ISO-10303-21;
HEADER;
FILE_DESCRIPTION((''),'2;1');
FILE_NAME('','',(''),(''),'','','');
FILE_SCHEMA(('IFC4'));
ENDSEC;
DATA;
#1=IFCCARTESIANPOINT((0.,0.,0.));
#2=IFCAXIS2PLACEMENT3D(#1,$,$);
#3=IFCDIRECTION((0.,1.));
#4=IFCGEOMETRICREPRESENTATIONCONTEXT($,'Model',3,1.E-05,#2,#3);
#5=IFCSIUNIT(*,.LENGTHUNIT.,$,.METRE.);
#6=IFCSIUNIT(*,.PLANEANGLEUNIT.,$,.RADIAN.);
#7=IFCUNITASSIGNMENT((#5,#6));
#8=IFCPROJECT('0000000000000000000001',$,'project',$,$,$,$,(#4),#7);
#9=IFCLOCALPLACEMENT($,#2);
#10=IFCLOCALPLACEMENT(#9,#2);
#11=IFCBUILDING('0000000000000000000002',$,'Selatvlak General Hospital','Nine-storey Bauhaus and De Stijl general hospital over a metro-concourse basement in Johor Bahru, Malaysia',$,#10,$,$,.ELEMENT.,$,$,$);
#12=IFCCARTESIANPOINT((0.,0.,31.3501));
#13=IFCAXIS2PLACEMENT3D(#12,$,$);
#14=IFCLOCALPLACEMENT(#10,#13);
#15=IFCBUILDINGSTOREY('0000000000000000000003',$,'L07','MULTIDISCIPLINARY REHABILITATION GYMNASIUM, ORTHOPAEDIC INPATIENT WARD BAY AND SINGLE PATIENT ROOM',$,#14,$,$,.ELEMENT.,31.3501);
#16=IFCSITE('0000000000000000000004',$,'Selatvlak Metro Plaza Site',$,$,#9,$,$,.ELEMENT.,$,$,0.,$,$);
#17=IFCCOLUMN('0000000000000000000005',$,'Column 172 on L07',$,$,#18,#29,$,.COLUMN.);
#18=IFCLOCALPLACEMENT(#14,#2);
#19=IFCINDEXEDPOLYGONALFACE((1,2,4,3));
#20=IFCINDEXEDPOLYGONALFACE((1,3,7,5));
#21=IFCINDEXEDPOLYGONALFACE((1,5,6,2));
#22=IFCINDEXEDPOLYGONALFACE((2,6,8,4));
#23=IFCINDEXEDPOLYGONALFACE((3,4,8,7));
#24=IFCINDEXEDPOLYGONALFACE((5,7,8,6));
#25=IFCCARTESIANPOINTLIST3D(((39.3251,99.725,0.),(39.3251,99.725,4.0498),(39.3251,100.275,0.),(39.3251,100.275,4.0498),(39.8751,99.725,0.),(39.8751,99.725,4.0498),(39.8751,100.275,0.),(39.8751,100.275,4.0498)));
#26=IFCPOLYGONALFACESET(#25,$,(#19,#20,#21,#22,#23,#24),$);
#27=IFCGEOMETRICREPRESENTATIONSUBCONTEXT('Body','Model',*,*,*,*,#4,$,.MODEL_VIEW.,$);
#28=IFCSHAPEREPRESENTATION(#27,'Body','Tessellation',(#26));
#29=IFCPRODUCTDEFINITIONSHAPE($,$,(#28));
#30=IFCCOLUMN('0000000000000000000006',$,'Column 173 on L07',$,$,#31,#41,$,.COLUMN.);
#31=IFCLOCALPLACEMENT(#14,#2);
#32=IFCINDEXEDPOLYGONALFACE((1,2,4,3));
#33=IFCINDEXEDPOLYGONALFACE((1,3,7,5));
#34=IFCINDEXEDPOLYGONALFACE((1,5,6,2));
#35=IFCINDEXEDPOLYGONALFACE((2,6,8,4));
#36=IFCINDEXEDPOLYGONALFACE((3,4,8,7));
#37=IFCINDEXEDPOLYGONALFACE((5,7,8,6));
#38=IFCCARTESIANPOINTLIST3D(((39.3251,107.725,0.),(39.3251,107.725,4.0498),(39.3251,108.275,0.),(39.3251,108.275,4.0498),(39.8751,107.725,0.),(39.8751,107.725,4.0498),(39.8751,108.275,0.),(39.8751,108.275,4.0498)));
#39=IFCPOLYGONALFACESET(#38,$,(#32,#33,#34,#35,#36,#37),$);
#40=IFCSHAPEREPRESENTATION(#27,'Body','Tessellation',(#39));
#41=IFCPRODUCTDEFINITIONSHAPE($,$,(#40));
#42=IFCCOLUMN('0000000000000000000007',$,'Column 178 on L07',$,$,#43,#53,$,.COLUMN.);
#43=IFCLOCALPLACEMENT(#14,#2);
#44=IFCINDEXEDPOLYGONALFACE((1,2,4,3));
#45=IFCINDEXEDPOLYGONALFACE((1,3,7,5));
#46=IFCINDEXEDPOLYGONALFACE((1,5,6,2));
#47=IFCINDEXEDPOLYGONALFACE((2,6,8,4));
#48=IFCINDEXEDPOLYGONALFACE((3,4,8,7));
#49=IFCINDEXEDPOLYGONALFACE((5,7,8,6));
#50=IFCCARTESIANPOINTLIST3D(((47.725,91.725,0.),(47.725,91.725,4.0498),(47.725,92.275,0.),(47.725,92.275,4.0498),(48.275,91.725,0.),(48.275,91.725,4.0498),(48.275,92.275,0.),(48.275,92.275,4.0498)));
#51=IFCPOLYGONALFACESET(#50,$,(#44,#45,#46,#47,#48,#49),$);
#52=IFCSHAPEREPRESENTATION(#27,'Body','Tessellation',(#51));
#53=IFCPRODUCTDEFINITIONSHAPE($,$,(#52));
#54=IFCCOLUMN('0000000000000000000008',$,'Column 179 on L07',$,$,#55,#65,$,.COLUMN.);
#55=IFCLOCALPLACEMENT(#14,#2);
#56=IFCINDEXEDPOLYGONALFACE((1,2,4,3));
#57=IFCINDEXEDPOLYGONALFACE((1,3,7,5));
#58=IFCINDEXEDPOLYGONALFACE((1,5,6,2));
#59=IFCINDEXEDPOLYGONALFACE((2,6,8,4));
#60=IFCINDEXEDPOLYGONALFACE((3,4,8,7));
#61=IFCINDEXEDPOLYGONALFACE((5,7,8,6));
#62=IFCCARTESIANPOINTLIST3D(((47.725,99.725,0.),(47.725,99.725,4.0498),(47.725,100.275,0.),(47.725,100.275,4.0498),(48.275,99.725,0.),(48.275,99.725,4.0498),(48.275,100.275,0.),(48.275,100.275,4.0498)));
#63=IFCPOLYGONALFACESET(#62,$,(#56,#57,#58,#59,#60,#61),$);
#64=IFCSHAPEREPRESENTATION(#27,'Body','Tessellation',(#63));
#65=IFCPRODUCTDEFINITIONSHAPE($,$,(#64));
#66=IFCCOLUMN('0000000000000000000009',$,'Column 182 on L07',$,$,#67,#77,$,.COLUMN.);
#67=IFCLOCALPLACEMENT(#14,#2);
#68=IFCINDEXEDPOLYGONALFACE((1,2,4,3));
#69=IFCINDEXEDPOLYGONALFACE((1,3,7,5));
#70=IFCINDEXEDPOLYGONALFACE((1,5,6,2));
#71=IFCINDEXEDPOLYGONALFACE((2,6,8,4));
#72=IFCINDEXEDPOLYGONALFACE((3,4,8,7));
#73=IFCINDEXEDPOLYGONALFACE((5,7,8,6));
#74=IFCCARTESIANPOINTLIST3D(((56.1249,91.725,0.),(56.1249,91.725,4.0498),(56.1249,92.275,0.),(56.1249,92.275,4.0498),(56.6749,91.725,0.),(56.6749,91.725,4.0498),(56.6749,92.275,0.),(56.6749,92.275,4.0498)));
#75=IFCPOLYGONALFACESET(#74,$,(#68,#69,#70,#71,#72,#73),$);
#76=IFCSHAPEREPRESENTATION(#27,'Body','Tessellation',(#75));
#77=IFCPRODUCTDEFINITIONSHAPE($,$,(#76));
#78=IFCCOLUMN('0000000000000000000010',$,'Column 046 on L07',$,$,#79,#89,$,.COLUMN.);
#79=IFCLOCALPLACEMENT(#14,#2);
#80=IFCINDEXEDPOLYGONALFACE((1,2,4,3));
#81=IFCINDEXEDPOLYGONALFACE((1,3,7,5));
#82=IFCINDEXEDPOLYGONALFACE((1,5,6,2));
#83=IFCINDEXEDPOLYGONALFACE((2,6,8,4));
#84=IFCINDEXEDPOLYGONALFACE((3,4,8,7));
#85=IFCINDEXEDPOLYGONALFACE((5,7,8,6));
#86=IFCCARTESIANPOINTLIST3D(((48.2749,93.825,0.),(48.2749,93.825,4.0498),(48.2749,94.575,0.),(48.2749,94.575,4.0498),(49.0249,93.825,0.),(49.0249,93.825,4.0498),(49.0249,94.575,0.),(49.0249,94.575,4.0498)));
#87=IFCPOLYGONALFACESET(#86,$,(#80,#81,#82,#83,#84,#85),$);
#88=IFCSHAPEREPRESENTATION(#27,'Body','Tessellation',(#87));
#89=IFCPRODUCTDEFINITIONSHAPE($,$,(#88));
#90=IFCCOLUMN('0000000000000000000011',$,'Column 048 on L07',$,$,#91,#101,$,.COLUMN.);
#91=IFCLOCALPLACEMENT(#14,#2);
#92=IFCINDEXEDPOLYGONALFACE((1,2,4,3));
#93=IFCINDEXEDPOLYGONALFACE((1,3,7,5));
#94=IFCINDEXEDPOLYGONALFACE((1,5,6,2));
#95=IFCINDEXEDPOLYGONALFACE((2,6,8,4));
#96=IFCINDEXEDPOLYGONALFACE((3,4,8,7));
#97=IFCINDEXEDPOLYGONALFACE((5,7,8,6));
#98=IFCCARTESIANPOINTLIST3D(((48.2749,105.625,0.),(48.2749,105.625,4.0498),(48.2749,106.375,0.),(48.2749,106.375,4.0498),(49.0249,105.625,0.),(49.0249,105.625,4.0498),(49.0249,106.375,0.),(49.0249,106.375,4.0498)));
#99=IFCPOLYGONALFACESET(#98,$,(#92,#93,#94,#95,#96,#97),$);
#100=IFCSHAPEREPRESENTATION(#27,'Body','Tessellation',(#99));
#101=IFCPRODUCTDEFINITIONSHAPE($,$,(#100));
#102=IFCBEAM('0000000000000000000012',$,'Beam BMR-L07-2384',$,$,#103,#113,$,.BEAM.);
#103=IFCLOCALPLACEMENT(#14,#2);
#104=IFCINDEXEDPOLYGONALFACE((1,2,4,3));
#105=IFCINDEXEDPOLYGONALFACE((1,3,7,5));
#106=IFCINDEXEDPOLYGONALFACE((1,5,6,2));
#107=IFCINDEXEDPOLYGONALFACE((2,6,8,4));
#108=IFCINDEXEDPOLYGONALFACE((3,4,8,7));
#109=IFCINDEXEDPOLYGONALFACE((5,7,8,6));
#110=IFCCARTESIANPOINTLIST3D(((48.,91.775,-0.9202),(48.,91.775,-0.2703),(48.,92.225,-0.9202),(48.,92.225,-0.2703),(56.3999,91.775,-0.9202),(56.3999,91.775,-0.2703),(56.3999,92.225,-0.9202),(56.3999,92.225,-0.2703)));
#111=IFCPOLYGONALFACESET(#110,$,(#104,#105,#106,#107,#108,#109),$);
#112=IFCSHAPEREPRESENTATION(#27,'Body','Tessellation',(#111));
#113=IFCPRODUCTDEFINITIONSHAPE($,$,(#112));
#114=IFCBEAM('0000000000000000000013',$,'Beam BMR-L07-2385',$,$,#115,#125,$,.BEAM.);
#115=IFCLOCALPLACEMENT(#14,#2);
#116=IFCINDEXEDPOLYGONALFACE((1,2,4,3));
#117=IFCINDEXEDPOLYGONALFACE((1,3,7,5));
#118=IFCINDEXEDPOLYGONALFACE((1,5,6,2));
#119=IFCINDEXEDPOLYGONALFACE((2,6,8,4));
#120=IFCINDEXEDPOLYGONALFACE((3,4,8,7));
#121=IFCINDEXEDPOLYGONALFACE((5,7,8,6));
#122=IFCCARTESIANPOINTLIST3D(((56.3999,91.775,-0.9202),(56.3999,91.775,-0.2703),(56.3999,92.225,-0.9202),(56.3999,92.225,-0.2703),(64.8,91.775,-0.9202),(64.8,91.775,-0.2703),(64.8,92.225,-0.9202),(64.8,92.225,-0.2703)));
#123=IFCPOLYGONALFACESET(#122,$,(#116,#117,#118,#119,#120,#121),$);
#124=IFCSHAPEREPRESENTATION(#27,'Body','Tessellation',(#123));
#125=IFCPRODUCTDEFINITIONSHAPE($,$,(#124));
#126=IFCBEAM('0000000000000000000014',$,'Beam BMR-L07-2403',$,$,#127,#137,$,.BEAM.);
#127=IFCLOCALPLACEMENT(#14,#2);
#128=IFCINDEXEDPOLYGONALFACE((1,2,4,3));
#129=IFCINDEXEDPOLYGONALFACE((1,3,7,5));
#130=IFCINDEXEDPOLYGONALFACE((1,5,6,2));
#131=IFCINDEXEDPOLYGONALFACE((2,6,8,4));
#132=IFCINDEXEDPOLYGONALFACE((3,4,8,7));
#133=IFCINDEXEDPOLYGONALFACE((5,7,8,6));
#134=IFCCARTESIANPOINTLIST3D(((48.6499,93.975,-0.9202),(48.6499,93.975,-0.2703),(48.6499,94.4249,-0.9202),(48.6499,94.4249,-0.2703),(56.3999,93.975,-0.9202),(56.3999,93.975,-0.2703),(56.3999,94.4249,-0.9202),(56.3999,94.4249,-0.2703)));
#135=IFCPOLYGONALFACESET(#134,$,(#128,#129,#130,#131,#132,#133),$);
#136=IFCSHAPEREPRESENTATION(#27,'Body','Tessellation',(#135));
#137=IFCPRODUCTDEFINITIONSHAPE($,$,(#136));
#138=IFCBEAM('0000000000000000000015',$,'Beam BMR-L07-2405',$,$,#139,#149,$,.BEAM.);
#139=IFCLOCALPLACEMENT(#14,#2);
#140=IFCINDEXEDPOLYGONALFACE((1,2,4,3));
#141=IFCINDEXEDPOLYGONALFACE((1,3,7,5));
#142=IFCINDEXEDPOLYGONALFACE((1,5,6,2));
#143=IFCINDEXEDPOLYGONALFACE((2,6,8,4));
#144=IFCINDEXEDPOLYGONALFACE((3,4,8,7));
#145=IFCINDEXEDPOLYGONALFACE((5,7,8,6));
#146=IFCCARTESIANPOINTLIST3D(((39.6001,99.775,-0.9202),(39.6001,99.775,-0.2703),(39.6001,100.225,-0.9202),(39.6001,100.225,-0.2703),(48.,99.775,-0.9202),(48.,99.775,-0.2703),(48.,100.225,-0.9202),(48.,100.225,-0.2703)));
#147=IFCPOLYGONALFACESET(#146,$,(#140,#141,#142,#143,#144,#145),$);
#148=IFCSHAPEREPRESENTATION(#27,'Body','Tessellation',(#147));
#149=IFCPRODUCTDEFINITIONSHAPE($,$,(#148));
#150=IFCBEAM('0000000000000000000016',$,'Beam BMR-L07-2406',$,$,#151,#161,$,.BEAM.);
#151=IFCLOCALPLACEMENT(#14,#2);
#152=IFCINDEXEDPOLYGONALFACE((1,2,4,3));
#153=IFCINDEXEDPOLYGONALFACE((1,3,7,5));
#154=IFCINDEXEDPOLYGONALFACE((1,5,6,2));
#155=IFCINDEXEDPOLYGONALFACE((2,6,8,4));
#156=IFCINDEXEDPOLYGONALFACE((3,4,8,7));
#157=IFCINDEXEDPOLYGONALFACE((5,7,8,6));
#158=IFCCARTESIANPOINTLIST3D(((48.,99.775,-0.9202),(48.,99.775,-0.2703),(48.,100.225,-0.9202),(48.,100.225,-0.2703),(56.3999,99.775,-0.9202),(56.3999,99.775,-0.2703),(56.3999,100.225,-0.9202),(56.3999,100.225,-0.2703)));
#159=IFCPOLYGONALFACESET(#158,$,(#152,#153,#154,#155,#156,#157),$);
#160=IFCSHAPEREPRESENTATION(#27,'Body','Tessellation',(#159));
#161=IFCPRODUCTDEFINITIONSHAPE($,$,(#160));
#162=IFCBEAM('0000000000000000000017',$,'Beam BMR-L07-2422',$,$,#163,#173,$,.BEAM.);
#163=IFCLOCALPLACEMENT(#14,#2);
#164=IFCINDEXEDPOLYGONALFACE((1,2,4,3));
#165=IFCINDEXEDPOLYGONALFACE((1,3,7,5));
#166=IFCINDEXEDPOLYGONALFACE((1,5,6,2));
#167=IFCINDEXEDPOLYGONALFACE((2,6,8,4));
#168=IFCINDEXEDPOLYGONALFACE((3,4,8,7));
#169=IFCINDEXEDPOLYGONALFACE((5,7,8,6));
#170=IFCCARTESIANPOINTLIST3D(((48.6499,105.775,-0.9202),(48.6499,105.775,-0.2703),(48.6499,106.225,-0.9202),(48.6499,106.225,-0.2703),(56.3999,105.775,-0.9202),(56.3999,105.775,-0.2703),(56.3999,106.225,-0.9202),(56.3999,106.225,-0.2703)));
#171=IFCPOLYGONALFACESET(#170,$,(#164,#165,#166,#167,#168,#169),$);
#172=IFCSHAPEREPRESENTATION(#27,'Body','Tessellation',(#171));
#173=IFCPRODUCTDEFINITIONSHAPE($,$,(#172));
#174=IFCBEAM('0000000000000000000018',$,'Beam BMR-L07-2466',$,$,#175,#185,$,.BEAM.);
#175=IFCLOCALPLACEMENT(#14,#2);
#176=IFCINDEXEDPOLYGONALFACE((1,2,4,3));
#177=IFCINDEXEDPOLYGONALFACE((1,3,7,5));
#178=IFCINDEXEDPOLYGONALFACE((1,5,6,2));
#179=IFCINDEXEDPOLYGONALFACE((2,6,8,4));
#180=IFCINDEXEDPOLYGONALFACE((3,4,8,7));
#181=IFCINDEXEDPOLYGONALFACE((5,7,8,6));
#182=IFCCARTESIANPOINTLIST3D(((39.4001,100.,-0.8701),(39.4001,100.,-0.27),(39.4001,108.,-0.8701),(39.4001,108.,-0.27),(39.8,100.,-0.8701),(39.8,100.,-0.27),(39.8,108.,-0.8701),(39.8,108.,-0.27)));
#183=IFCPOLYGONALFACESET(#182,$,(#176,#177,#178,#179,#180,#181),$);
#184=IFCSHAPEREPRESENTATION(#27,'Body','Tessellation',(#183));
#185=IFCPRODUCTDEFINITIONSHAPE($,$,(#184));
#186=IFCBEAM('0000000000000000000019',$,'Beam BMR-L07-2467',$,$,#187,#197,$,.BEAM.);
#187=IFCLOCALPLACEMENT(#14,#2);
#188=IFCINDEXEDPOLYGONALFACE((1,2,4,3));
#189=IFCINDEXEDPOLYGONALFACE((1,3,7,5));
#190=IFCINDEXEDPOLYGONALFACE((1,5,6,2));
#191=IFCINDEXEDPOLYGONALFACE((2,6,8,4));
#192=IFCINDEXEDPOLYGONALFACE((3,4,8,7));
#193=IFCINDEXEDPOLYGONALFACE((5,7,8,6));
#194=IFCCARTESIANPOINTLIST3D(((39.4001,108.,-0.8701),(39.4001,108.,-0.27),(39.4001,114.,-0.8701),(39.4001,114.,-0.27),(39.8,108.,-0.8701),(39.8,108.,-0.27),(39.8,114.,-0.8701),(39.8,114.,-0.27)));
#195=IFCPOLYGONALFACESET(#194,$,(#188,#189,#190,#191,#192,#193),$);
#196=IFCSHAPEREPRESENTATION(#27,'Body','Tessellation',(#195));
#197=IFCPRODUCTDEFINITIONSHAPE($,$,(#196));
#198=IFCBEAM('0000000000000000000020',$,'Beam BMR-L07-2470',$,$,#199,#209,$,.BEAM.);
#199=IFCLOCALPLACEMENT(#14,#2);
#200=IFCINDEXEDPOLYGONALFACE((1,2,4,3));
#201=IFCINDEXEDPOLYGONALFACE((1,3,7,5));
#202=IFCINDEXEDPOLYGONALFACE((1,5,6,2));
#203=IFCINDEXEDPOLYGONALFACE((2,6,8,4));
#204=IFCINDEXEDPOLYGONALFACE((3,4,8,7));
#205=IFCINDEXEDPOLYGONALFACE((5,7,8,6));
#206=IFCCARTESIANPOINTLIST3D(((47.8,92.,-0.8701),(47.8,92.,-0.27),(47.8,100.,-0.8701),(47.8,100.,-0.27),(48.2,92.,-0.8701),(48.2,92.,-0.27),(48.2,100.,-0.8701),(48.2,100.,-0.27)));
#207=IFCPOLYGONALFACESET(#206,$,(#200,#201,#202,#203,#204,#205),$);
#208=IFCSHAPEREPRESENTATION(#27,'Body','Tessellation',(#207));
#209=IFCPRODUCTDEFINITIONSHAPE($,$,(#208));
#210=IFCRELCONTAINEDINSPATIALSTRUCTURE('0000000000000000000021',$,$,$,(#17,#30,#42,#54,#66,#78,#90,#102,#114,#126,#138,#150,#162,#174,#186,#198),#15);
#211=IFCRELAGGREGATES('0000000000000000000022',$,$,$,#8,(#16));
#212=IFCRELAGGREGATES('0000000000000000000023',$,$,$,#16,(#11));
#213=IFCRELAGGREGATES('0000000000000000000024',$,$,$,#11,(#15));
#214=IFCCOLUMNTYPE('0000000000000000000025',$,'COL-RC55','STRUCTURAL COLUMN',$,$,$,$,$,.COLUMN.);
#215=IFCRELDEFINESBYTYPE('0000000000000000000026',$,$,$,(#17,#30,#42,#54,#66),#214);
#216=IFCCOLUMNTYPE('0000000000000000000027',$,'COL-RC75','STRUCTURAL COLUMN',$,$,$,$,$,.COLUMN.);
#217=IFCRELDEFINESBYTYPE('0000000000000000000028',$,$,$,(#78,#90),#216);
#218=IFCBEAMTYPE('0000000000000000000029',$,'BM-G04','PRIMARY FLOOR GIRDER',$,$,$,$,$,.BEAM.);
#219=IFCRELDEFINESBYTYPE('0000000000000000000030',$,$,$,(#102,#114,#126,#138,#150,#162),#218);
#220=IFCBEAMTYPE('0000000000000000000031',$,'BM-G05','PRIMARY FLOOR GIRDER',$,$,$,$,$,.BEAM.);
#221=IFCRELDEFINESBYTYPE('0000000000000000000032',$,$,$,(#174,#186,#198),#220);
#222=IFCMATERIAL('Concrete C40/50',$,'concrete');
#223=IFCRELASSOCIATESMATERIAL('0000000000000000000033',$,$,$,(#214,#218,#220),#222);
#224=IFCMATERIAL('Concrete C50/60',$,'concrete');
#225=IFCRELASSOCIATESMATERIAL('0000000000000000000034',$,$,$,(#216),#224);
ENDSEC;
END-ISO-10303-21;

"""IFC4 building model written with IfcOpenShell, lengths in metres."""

from ifc_helpers import new_model, si_unit, direction, frame, origin, origin_2d, place, context, subcontext, project, spatial, rectangle, extrude, material, material_profile, profile_set, type_object, element, save


model = new_model("IFC4")

# Units and contexts
model_context = context("Model", 3, precision=1e-05, world=origin(), true_north=direction((0.0, 1.0)))
body_context = subcontext(model_context, "Body", "Model", "MODEL_VIEW")
ifc_project = project(units=[si_unit("LENGTHUNIT", "METRE"), si_unit("PLANEANGLEUNIT", "RADIAN")], contexts=[model_context])

# Site, building, storey
site_placement = place(None, origin())
site = spatial("IfcSite", under=ifc_project, at=site_placement, Name="Selatvlak Metro Plaza Site", CompositionType="ELEMENT", RefElevation=0.0)
building_placement = place(site_placement, origin())
building = spatial("IfcBuilding", under=site, at=building_placement, Name="Selatvlak General Hospital", Description="Nine-storey Bauhaus and De Stijl general hospital over a metro-concourse basement in Johor Bahru, Malaysia", CompositionType="ELEMENT")
storey_placement = place(building_placement, frame((0.0, 0.0, 31.3501)))
storey = spatial("IfcBuildingStorey", under=building, at=storey_placement, Name="L07", Description="MULTIDISCIPLINARY REHABILITATION GYMNASIUM, ORTHOPAEDIC INPATIENT WARD BAY AND SINGLE PATIENT ROOM", CompositionType="ELEMENT", Elevation=31.3501)

# Columns
ifc_material_1 = material(Name="Concrete C40/50", Category="concrete")
ifc_material_profile_1 = material_profile(ifc_material_1, rectangle(XDim=0.55, YDim=0.55, at=origin_2d()), Name="RC-COL 550x550")
ifc_profile_set_1 = profile_set([ifc_material_profile_1], Name="Concrete C40/50")
column_type_1 = type_object("IfcColumnType", Name="COL-RC55", Description="STRUCTURAL COLUMN", PredefinedType="COLUMN", material=ifc_profile_set_1)
for number, where, z_axis, x_axis, name in (
    (1, (39.6001, 100.0, 0.0), (0.0, 0.0, 1.0), (1.0, 0.0, 0.0), "Column 172 on L07"),
    (2, (39.6001, 108.0, 0.0), (0.0, 0.0, 1.0), (1.0, 0.0, 0.0), "Column 173 on L07"),
    (3, (48.0, 92.0, 0.0), (0.0, 0.0, 1.0), (1.0, 0.0, 0.0), "Column 178 on L07"),
    (4, (48.0, 100.0, 0.0), (0.0, 0.0, 1.0), (1.0, 0.0, 0.0), "Column 179 on L07"),
    (5, (56.3999, 92.0, 0.0), (0.0, 0.0, 1.0), (1.0, 0.0, 0.0), "Column 182 on L07"),
):
    element("IfcColumn", number, at=place(storey_placement, frame(where, z_axis=z_axis, x_axis=x_axis)), inside=storey, type_object=column_type_1, Name=name, PredefinedType="COLUMN", context=body_context, shape_type="SweptSolid", body=[
        extrude(rectangle(XDim=0.55, YDim=0.55, at=origin_2d()), origin(), (0.0, 0.0, 1.0), 4.0498),
    ])
ifc_material_2 = material(Name="Concrete C50/60", Category="concrete")
ifc_material_profile_2 = material_profile(ifc_material_2, rectangle(XDim=0.75, YDim=0.75, at=origin_2d()), Name="RC-COL 750x750")
ifc_profile_set_2 = profile_set([ifc_material_profile_2], Name="Concrete C50/60")
column_type_2 = type_object("IfcColumnType", Name="COL-RC75", Description="STRUCTURAL COLUMN", PredefinedType="COLUMN", material=ifc_profile_set_2)
for number, where, z_axis, x_axis, name in (
    (6, (48.6499, 94.2, 0.0), (0.0, 0.0, 1.0), (1.0, 0.0, 0.0), "Column 046 on L07"),
    (7, (48.6499, 106.0, 0.0), (0.0, 0.0, 1.0), (1.0, 0.0, 0.0), "Column 048 on L07"),
):
    element("IfcColumn", number, at=place(storey_placement, frame(where, z_axis=z_axis, x_axis=x_axis)), inside=storey, type_object=column_type_2, Name=name, PredefinedType="COLUMN", context=body_context, shape_type="SweptSolid", body=[
        extrude(rectangle(XDim=0.75, YDim=0.75, at=origin_2d()), origin(), (0.0, 0.0, 1.0), 4.0498),
    ])

# Beams
ifc_material_profile_3 = material_profile(ifc_material_1, rectangle(XDim=0.45, YDim=0.6499, at=origin_2d()), Name="RC-BM 450x650")
ifc_profile_set_3 = profile_set([ifc_material_profile_3], Name="Concrete C40/50")
beam_type_1 = type_object("IfcBeamType", Name="BM-G04", Description="PRIMARY FLOOR GIRDER", PredefinedType="BEAM", material=ifc_profile_set_3)
beam_1_placement = place(storey_placement, frame((48.0, 92.0, -0.5952), z_axis=(1.0, 0.0, 0.0), x_axis=(0.0, 1.0, 0.0)))
element("IfcBeam", 8, at=beam_1_placement, inside=storey, type_object=beam_type_1, Name="Beam BMR-L07-2384", PredefinedType="BEAM", context=body_context, shape_type="SweptSolid", body=[
    extrude(rectangle(XDim=0.45, YDim=0.6499, at=origin_2d()), origin(), (0.0, 0.0, 1.0), 8.3999),
])
beam_2_placement = place(storey_placement, frame((56.3999, 92.0, -0.5952), z_axis=(1.0, 0.0, 0.0), x_axis=(0.0, 1.0, 0.0)))
element("IfcBeam", 9, at=beam_2_placement, inside=storey, type_object=beam_type_1, Name="Beam BMR-L07-2385", PredefinedType="BEAM", context=body_context, shape_type="SweptSolid", body=[
    extrude(rectangle(XDim=0.45, YDim=0.6499, at=origin_2d()), origin(), (0.0, 0.0, 1.0), 8.4001),
])
beam_3_placement = place(storey_placement, frame((48.6499, 94.2, -0.5952), z_axis=(1.0, 0.0, 0.0), x_axis=(0.0, 1.0, 0.0)))
element("IfcBeam", 10, at=beam_3_placement, inside=storey, type_object=beam_type_1, Name="Beam BMR-L07-2403", PredefinedType="BEAM", context=body_context, shape_type="SweptSolid", body=[
    extrude(rectangle(XDim=0.45, YDim=0.6499, at=origin_2d()), origin(), (0.0, 0.0, 1.0), 7.75),
])
for number, where, z_axis, x_axis, name in (
    (11, (39.6001, 100.0, -0.5952), (1.0, 0.0, 0.0), (0.0, 1.0, 0.0), "Beam BMR-L07-2405"),
    (12, (48.0, 100.0, -0.5952), (1.0, 0.0, 0.0), (0.0, 1.0, 0.0), "Beam BMR-L07-2406"),
):
    element("IfcBeam", number, at=place(storey_placement, frame(where, z_axis=z_axis, x_axis=x_axis)), inside=storey, type_object=beam_type_1, Name=name, PredefinedType="BEAM", context=body_context, shape_type="SweptSolid", body=[
        extrude(rectangle(XDim=0.45, YDim=0.6499, at=origin_2d()), origin(), (0.0, 0.0, 1.0), 8.3999),
    ])
beam_4_placement = place(storey_placement, frame((48.6499, 106.0, -0.5952), z_axis=(1.0, 0.0, 0.0), x_axis=(0.0, 1.0, 0.0)))
element("IfcBeam", 13, at=beam_4_placement, inside=storey, type_object=beam_type_1, Name="Beam BMR-L07-2422", PredefinedType="BEAM", context=body_context, shape_type="SweptSolid", body=[
    extrude(rectangle(XDim=0.45, YDim=0.6499, at=origin_2d()), origin(), (0.0, 0.0, 1.0), 7.75),
])
ifc_material_profile_4 = material_profile(ifc_material_1, rectangle(XDim=0.3999, YDim=0.6001, at=origin_2d()), Name="RC-BM 400x600")
ifc_profile_set_4 = profile_set([ifc_material_profile_4], Name="Concrete C40/50")
beam_type_2 = type_object("IfcBeamType", Name="BM-G05", Description="PRIMARY FLOOR GIRDER", PredefinedType="BEAM", material=ifc_profile_set_4)
beam_5_placement = place(storey_placement, frame((39.6001, 100.0, -0.5701), z_axis=(0.0, 1.0, 0.0), x_axis=(-1.0, 0.0, 0.0)))
element("IfcBeam", 14, at=beam_5_placement, inside=storey, type_object=beam_type_2, Name="Beam BMR-L07-2466", PredefinedType="BEAM", context=body_context, shape_type="SweptSolid", body=[
    extrude(rectangle(XDim=0.3999, YDim=0.6001, at=origin_2d()), origin(), (0.0, 0.0, 1.0), 8.0),
])
beam_6_placement = place(storey_placement, frame((39.6001, 108.0, -0.5701), z_axis=(0.0, 1.0, 0.0), x_axis=(-1.0, 0.0, 0.0)))
element("IfcBeam", 15, at=beam_6_placement, inside=storey, type_object=beam_type_2, Name="Beam BMR-L07-2467", PredefinedType="BEAM", context=body_context, shape_type="SweptSolid", body=[
    extrude(rectangle(XDim=0.3999, YDim=0.6001, at=origin_2d()), origin(), (0.0, 0.0, 1.0), 6.0),
])
beam_7_placement = place(storey_placement, frame((48.0, 92.0, -0.5701), z_axis=(0.0, 1.0, 0.0), x_axis=(-1.0, 0.0, 0.0)))
element("IfcBeam", 16, at=beam_7_placement, inside=storey, type_object=beam_type_2, Name="Beam BMR-L07-2470", PredefinedType="BEAM", context=body_context, shape_type="SweptSolid", body=[
    extrude(rectangle(XDim=0.3999, YDim=0.6001, at=origin_2d()), origin(), (0.0, 0.0, 1.0), 8.0),
])

save(model, "model.ifc")
